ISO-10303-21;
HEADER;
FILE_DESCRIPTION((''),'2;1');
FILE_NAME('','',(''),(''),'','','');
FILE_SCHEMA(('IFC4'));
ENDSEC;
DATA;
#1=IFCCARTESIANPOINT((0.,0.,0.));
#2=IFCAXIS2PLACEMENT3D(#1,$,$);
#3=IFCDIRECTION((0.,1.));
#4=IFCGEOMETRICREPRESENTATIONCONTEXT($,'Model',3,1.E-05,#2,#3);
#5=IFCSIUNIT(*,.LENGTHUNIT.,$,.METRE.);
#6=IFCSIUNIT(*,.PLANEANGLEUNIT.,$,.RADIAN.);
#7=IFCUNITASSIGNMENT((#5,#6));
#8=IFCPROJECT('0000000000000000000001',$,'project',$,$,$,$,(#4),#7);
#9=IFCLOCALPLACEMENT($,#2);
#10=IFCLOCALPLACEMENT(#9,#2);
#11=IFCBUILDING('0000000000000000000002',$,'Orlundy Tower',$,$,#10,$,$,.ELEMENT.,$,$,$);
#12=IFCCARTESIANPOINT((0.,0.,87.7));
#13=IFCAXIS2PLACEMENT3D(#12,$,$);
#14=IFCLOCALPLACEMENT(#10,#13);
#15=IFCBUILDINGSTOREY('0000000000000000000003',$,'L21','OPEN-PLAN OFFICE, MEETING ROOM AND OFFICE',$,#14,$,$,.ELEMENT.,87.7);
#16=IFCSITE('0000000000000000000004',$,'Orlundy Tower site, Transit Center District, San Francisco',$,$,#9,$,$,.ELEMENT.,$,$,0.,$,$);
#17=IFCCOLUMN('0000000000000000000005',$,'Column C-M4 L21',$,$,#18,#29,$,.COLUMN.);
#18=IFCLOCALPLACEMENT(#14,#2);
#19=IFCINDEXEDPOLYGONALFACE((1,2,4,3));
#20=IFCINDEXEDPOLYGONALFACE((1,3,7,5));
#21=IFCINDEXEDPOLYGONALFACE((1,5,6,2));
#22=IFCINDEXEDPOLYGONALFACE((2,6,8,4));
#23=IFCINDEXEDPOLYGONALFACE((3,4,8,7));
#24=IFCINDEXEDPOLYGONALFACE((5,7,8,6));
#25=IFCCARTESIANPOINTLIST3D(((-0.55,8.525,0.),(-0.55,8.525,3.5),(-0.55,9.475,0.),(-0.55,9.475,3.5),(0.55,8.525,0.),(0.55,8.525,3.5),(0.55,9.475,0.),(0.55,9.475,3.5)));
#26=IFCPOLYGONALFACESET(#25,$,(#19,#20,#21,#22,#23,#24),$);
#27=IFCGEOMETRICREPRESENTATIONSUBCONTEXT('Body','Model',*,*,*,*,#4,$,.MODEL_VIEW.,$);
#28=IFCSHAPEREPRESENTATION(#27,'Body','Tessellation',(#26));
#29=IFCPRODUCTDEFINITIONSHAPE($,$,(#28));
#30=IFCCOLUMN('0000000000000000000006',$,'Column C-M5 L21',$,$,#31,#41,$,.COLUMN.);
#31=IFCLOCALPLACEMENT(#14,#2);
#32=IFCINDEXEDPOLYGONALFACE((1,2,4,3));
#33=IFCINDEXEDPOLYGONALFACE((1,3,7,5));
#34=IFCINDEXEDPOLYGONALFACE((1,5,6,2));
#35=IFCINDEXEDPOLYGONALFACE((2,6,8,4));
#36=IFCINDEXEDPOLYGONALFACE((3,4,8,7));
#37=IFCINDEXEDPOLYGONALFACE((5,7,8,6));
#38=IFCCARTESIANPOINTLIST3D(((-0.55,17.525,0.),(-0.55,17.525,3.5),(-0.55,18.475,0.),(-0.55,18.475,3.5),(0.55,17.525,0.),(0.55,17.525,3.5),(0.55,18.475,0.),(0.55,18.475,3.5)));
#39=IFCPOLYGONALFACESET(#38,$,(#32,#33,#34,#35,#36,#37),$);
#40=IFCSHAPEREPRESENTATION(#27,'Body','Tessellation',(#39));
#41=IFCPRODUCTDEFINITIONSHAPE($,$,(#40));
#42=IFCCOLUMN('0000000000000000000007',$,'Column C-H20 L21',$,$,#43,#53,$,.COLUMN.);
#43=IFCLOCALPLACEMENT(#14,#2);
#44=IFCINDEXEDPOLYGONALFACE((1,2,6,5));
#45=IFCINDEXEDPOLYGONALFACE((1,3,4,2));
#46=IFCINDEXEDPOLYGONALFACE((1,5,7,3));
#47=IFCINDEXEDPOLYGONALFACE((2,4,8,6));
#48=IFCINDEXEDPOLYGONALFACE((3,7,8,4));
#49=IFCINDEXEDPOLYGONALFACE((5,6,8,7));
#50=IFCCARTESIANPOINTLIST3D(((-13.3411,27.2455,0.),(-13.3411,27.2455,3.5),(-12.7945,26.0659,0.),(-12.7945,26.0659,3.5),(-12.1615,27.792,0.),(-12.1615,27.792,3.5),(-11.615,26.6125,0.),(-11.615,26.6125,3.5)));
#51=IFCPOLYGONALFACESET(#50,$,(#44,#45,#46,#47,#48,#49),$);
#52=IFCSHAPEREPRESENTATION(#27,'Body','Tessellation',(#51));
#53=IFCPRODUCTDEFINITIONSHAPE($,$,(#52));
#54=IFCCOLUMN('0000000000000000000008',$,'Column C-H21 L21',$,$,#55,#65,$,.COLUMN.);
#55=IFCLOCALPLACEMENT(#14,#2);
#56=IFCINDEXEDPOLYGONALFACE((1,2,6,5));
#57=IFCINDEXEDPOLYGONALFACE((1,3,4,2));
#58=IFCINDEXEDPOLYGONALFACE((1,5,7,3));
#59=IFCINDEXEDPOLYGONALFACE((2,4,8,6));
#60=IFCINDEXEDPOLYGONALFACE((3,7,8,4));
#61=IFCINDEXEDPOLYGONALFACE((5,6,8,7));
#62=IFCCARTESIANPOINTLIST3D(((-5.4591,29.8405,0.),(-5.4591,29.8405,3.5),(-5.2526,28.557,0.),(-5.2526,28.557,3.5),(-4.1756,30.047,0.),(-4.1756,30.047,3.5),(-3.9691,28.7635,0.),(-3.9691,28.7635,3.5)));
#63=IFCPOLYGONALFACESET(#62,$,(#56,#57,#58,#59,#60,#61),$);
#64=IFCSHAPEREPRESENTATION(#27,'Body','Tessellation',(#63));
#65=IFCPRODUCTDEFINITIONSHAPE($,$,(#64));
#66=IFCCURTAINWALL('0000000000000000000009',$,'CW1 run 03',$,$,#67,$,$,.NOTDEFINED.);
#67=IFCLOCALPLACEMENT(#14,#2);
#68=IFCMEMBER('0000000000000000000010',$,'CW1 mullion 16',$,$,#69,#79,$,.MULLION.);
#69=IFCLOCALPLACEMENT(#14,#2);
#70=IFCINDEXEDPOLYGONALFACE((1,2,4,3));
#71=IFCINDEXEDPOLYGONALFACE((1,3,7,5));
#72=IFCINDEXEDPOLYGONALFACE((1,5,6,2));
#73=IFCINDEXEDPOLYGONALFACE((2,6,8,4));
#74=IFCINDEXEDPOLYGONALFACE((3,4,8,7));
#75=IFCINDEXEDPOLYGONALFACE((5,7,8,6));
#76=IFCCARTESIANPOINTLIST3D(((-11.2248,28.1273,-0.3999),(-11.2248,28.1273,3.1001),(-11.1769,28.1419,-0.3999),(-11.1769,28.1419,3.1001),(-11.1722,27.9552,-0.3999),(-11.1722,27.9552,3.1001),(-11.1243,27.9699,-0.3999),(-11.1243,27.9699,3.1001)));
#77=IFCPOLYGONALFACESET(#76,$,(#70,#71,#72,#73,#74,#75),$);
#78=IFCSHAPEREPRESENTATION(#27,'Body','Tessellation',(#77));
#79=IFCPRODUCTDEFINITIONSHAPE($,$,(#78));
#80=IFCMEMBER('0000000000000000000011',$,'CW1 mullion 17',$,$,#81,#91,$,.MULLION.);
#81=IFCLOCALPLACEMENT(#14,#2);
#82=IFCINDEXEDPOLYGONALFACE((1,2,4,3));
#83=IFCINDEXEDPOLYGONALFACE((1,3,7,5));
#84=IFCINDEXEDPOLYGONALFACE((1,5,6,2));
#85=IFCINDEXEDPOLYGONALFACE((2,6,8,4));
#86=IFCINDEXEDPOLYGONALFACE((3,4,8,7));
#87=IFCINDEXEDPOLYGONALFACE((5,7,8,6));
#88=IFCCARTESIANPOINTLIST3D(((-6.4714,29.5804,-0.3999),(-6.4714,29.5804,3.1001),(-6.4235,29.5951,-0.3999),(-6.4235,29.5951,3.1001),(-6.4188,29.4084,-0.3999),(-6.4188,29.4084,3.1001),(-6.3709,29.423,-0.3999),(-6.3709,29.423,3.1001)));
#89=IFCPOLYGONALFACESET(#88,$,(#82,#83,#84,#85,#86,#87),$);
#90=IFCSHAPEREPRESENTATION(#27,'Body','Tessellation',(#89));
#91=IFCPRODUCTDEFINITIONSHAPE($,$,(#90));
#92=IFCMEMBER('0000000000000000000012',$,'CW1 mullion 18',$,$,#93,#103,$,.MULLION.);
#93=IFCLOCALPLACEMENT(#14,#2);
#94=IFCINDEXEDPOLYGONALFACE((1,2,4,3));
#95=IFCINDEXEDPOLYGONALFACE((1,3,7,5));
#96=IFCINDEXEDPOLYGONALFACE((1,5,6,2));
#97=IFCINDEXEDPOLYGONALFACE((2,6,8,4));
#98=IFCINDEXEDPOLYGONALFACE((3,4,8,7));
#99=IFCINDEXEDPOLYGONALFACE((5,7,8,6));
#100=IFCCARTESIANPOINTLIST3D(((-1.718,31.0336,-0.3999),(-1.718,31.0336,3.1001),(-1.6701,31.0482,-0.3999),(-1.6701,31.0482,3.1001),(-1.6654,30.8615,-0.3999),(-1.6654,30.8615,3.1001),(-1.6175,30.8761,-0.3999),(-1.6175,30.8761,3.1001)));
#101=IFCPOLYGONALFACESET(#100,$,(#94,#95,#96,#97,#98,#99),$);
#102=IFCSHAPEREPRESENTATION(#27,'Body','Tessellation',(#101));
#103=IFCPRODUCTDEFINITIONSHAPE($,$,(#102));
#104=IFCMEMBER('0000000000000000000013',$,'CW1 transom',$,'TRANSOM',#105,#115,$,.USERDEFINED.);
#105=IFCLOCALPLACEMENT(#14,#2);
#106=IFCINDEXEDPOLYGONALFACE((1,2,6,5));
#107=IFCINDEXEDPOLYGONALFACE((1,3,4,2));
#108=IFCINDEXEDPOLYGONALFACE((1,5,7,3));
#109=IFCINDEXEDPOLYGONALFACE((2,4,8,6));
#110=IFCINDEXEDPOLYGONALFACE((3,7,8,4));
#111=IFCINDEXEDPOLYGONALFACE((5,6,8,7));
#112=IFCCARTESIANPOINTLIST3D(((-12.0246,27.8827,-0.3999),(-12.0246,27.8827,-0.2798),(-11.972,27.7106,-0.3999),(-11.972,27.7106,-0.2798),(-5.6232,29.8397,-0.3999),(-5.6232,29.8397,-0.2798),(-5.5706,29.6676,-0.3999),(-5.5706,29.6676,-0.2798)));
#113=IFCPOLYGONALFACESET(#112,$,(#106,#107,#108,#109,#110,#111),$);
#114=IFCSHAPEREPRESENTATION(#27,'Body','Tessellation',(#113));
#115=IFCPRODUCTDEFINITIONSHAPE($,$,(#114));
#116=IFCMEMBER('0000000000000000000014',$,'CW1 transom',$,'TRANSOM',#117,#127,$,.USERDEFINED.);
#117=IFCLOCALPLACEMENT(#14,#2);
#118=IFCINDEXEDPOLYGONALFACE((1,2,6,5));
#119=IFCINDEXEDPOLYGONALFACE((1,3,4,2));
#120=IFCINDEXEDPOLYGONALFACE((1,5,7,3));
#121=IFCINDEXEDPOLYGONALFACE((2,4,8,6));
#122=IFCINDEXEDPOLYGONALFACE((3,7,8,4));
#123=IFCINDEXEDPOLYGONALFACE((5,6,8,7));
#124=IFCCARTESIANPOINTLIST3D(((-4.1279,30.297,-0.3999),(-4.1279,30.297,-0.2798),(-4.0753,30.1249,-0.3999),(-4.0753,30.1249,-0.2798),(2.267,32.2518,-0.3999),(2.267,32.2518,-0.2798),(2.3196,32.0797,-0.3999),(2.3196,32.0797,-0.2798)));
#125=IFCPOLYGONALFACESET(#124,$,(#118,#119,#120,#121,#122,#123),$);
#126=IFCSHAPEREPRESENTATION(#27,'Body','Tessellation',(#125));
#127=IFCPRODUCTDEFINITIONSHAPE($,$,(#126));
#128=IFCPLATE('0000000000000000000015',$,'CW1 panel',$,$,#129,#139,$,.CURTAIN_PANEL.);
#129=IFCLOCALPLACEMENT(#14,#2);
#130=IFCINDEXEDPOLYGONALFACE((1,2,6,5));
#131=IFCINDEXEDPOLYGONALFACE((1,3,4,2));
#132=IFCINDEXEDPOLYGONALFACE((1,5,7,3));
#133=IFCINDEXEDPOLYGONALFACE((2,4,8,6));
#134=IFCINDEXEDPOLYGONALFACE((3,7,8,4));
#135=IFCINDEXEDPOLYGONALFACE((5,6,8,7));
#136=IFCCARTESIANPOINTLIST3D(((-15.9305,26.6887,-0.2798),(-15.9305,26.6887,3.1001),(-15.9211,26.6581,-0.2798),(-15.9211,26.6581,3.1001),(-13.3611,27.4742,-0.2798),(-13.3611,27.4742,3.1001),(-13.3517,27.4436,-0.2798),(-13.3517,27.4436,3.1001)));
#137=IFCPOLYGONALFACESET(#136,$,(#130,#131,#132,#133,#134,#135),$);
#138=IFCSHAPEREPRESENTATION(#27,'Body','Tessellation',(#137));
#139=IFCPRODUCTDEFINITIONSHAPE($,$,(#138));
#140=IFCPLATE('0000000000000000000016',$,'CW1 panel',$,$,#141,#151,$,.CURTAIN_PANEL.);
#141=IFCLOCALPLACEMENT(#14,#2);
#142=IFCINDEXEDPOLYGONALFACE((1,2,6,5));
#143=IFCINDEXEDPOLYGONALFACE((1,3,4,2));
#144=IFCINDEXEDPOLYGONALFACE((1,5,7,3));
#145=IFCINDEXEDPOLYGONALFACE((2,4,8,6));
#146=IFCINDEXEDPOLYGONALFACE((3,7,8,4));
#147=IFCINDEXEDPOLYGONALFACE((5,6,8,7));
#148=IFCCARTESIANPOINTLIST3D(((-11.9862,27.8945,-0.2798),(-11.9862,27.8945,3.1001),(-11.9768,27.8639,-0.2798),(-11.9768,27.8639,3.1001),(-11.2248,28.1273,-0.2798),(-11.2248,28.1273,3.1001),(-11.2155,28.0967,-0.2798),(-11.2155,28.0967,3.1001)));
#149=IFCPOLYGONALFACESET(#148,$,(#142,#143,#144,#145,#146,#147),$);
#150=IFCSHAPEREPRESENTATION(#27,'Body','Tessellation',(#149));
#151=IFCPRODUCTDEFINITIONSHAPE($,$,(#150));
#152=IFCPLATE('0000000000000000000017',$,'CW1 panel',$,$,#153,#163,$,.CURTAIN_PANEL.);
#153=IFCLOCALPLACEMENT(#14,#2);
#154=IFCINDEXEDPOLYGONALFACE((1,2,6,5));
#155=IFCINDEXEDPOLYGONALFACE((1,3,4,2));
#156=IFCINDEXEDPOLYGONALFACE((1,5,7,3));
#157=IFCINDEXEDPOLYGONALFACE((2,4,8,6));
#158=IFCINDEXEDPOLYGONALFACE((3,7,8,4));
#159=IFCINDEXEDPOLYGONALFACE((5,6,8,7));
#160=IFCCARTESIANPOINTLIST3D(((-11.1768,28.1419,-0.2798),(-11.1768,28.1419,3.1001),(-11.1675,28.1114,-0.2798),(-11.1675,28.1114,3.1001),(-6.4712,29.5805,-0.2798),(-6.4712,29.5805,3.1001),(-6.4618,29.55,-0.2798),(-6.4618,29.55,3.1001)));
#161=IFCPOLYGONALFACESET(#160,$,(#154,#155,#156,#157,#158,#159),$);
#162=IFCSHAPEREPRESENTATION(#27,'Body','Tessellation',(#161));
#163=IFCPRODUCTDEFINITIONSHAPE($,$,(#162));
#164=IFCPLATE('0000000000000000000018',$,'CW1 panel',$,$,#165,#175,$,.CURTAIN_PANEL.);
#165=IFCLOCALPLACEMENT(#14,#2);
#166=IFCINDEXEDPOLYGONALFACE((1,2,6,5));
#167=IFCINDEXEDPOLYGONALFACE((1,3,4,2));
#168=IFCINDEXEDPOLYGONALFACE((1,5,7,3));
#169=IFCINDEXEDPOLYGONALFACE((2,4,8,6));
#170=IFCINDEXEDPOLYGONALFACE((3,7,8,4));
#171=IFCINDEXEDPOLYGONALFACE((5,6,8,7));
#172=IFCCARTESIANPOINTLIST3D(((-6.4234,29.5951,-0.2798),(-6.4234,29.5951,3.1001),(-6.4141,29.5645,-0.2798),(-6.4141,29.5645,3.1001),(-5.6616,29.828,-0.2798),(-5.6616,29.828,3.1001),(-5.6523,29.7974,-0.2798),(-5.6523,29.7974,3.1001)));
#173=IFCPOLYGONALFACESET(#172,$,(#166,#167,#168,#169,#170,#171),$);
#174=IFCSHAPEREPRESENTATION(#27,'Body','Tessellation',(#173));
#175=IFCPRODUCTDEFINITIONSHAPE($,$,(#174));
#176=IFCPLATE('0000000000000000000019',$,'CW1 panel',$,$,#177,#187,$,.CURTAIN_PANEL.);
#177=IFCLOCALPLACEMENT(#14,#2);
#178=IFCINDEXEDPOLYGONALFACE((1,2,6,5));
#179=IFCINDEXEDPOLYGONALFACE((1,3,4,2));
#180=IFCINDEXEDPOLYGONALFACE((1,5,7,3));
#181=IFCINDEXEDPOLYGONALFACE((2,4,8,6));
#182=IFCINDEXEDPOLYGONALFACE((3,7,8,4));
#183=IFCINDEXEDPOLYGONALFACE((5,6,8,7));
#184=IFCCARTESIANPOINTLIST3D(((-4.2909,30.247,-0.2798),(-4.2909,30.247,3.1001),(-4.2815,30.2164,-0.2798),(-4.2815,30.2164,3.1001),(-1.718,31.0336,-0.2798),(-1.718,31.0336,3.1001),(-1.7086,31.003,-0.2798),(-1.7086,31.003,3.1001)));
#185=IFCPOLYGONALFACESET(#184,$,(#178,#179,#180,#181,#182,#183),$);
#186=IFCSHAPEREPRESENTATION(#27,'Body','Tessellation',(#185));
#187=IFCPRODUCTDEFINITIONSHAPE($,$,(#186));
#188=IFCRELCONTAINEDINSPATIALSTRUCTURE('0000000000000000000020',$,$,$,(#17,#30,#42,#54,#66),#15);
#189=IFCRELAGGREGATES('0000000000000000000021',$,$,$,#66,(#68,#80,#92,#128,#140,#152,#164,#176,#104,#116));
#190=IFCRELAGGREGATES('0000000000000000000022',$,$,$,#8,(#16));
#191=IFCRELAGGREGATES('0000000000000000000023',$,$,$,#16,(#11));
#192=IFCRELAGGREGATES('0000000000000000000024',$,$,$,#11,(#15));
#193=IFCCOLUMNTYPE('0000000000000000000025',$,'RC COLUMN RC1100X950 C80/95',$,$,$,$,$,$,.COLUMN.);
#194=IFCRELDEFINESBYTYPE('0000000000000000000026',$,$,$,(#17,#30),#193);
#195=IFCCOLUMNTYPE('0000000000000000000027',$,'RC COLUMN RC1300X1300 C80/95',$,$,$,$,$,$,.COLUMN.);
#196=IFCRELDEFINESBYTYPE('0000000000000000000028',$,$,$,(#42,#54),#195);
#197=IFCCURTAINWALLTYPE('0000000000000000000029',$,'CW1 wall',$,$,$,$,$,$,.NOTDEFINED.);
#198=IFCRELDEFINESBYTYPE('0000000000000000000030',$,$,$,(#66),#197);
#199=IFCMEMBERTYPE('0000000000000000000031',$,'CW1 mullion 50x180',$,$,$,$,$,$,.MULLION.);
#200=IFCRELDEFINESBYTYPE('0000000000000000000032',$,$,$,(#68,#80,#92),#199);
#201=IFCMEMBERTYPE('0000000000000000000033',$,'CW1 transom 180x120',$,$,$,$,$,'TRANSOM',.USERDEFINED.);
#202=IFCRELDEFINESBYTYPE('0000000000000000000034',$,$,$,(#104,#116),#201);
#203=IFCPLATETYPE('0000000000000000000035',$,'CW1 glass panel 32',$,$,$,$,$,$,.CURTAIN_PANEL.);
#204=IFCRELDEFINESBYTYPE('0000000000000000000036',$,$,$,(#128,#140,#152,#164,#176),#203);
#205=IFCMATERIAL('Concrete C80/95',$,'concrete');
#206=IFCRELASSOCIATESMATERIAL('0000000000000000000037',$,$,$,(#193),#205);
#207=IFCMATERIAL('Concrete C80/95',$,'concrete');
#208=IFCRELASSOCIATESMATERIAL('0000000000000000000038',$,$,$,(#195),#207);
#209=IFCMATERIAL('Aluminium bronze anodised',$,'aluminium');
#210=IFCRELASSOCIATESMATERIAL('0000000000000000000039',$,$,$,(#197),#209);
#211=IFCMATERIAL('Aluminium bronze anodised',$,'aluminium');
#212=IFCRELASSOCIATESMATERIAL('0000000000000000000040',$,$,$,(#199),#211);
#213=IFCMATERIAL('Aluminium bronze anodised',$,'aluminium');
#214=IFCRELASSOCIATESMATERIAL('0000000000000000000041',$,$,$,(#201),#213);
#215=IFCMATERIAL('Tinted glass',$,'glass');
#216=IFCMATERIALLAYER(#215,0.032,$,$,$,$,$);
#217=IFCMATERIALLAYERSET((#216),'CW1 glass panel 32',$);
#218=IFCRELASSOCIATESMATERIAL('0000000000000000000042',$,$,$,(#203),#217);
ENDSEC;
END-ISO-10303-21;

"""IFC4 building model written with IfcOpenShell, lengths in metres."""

from ifc_helpers import new_model, si_unit, direction, frame, origin, origin_2d, place, context, subcontext, project, spatial, rectangle, extrude, material, layer, layer_set, material_profile, profile_set, type_object, element, aggregate, save


model = new_model("IFC4")

# Units and contexts
model_context = context("Model", 3, precision=1e-05, world=origin(), true_north=direction((0.0, 1.0)))
body_context = subcontext(model_context, "Body", "Model", "MODEL_VIEW")
ifc_project = project(units=[si_unit("LENGTHUNIT", "METRE"), si_unit("PLANEANGLEUNIT", "RADIAN")], contexts=[model_context])

# Site, building, storey
site_placement = place(None, origin())
site = spatial("IfcSite", under=ifc_project, at=site_placement, Name="Orlundy Tower site, Transit Center District, San Francisco", CompositionType="ELEMENT", RefElevation=0.0)
building_placement = place(site_placement, origin())
building = spatial("IfcBuilding", under=site, at=building_placement, Name="Orlundy Tower", CompositionType="ELEMENT")
storey_placement = place(building_placement, frame((0.0, 0.0, 87.7)))
storey = spatial("IfcBuildingStorey", under=building, at=storey_placement, Name="L21", Description="OPEN-PLAN OFFICE, MEETING ROOM AND OFFICE", CompositionType="ELEMENT", Elevation=87.7)

# Columns
ifc_material_1 = material(Name="Concrete C80/95", Category="concrete")
ifc_material_profile_1 = material_profile(ifc_material_1, rectangle(XDim=1.1001, YDim=0.95, at=origin_2d()), Name="RC1100X950")
ifc_profile_set_1 = profile_set([ifc_material_profile_1], Name="Concrete C80/95")
column_type_1 = type_object("IfcColumnType", Name="RC COLUMN RC1100X950 C80/95", PredefinedType="COLUMN", material=ifc_profile_set_1)
for number, where, z_axis, x_axis, name in (
    (1, (0.0, 9.0, 0.0), (0.0, 0.0, 1.0), (1.0, 0.0, 0.0), "Column C-M4 L21"),
    (2, (0.0, 18.0, 0.0), (0.0, 0.0, 1.0), (1.0, 0.0, 0.0), "Column C-M5 L21"),
):
    element("IfcColumn", number, at=place(storey_placement, frame(where, z_axis=z_axis, x_axis=x_axis)), inside=storey, type_object=column_type_1, Name=name, PredefinedType="COLUMN", context=body_context, shape_type="SweptSolid", body=[
        extrude(rectangle(XDim=1.1001, YDim=0.95, at=origin_2d()), origin(), (0.0, 0.0, 1.0), 3.5),
    ])
ifc_material_2 = material(Name="Concrete C80/95", Category="concrete")
ifc_material_profile_2 = material_profile(ifc_material_2, rectangle(XDim=1.3, YDim=1.3, at=origin_2d()), Name="RC1300X1300")
ifc_profile_set_2 = profile_set([ifc_material_profile_2], Name="Concrete C80/95")
column_type_2 = type_object("IfcColumnType", Name="RC COLUMN RC1300X1300 C80/95", PredefinedType="COLUMN", material=ifc_profile_set_2)
for number, where, z_axis, x_axis, name in (
    (3, (-12.478, 26.929, 0.0), (0.0, 0.0, 1.0), (-0.420418, 0.90733, 0.0), "Column C-H20 L21"),
    (4, (-4.7141, 29.302, 0.0), (0.0, 0.0, 1.0), (-0.15883, 0.987306, 0.0), "Column C-H21 L21"),
):
    element("IfcColumn", number, at=place(storey_placement, frame(where, z_axis=z_axis, x_axis=x_axis)), inside=storey, type_object=column_type_2, Name=name, PredefinedType="COLUMN", context=body_context, shape_type="SweptSolid", body=[
        extrude(rectangle(XDim=1.3, YDim=1.3, at=origin_2d()), origin(), (0.0, 0.0, 1.0), 3.5),
    ])

# Curtain wall, members, plates
ifc_material_3 = material(Name="Aluminium bronze anodised", Category="aluminium")
curtain_wall_type = type_object("IfcCurtainWallType", Name="CW1 wall", PredefinedType="NOTDEFINED", material=ifc_material_3)
curtain_wall_placement = place(storey_placement, origin())
curtain_wall = element("IfcCurtainWall", 5, at=curtain_wall_placement, inside=storey, type_object=curtain_wall_type, Name="CW1 run 03", PredefinedType="NOTDEFINED")
ifc_material_4 = material(Name="Aluminium bronze anodised", Category="aluminium")
ifc_material_profile_3 = material_profile(ifc_material_4, rectangle(XDim=0.1799, YDim=0.05, at=origin_2d()), Name="CW1 mullion 50x180")
ifc_profile_set_3 = profile_set([ifc_material_profile_3], Name="Aluminium bronze anodised")
member_type_1 = type_object("IfcMemberType", Name="CW1 mullion 50x180", PredefinedType="MULLION", material=ifc_profile_set_3)
member_1_placement = place(storey_placement, frame((-11.1746, 28.0486, -0.3999), z_axis=(0.0, 0.0, 1.0), x_axis=(-0.292361, 0.956308, 0.0)))
member_1 = element("IfcMember", 6, at=member_1_placement, type_object=member_type_1, Name="CW1 mullion 16", PredefinedType="MULLION", context=body_context, shape_type="SweptSolid", body=[
    extrude(rectangle(XDim=0.1799, YDim=0.05, at=origin_2d()), origin(), (0.0, 0.0, 1.0), 3.5),
])
member_2_placement = place(storey_placement, frame((-6.4211, 29.5017, -0.3999), z_axis=(0.0, 0.0, 1.0), x_axis=(-0.292361, 0.956308, 0.0)))
member_2 = element("IfcMember", 7, at=member_2_placement, type_object=member_type_1, Name="CW1 mullion 17", PredefinedType="MULLION", context=body_context, shape_type="SweptSolid", body=[
    extrude(rectangle(XDim=0.1799, YDim=0.05, at=origin_2d()), origin(), (0.0, 0.0, 1.0), 3.5),
])
member_3_placement = place(storey_placement, frame((-1.6677, 30.9548, -0.3999), z_axis=(0.0, 0.0, 1.0), x_axis=(-0.292361, 0.956308, 0.0)))
member_3 = element("IfcMember", 8, at=member_3_placement, type_object=member_type_1, Name="CW1 mullion 18", PredefinedType="MULLION", context=body_context, shape_type="SweptSolid", body=[
    extrude(rectangle(XDim=0.1799, YDim=0.05, at=origin_2d()), origin(), (0.0, 0.0, 1.0), 3.5),
])
ifc_material_5 = material(Name="Aluminium bronze anodised", Category="aluminium")
ifc_material_profile_4 = material_profile(ifc_material_5, rectangle(XDim=0.1799, YDim=0.1201, at=origin_2d()), Name="CW1 transom 180x120")
ifc_profile_set_4 = profile_set([ifc_material_profile_4], Name="Aluminium bronze anodised")
member_type_2 = type_object("IfcMemberType", Name="CW1 transom 180x120", ElementType="TRANSOM", PredefinedType="USERDEFINED", material=ifc_profile_set_4)
member_4_placement = place(storey_placement, frame((-11.9983, 27.7966, -0.3398), z_axis=(0.956307, 0.292363, 0.0), x_axis=(-0.292363, 0.956307, 0.0)))
member_4 = element("IfcMember", 9, at=member_4_placement, type_object=member_type_2, Name="CW1 transom", ObjectType="TRANSOM", PredefinedType="USERDEFINED", context=body_context, shape_type="SweptSolid", body=[
    extrude(rectangle(XDim=0.1799, YDim=0.1201, at=origin_2d()), origin(), (0.0, 0.0, 1.0), 6.6938),
])
member_5_placement = place(storey_placement, frame((-4.1016, 30.2109, -0.3398), z_axis=(0.956318, 0.292328, 0.0), x_axis=(-0.292328, 0.956318, 0.0)))
member_5 = element("IfcMember", 10, at=member_5_placement, type_object=member_type_2, Name="CW1 transom", ObjectType="TRANSOM", PredefinedType="USERDEFINED", context=body_context, shape_type="SweptSolid", body=[
    extrude(rectangle(XDim=0.1799, YDim=0.1201, at=origin_2d()), origin(), (0.0, 0.0, 1.0), 6.687),
])
ifc_material_6 = material(Name="Tinted glass", Category="glass")
ifc_layer_1 = layer(ifc_material_6, 0.032)
ifc_layer_set_1 = layer_set([ifc_layer_1], Name="CW1 glass panel 32")
plate_type = type_object("IfcPlateType", Name="CW1 glass panel 32", PredefinedType="CURTAIN_PANEL", material=ifc_layer_set_1)
plate_1_placement = place(storey_placement, frame((-14.6411, 27.0662, -0.2798), z_axis=(0.0, 0.0, 1.0), x_axis=(0.956308, 0.292361, 0.0)))
plate_1 = element("IfcPlate", 11, at=plate_1_placement, type_object=plate_type, Name="CW1 panel", PredefinedType="CURTAIN_PANEL", context=body_context, shape_type="SweptSolid", body=[
    extrude(rectangle(XDim=2.6868, YDim=0.032, at=origin_2d()), origin(), (0.0, 0.0, 1.0), 3.3799),
])
plate_2_placement = place(storey_placement, frame((-11.6008, 27.9956, -0.2798), z_axis=(0.0, 0.0, 1.0), x_axis=(0.956308, 0.292361, 0.0)))
plate_2 = element("IfcPlate", 12, at=plate_2_placement, type_object=plate_type, Name="CW1 panel", PredefinedType="CURTAIN_PANEL", context=body_context, shape_type="SweptSolid", body=[
    extrude(rectangle(XDim=0.7961, YDim=0.032, at=origin_2d()), origin(), (0.0, 0.0, 1.0), 3.3799),
])
plate_3_placement = place(storey_placement, frame((-8.8193, 28.8459, -0.2798), z_axis=(0.0, 0.0, 1.0), x_axis=(0.956308, 0.292361, 0.0)))
plate_3 = element("IfcPlate", 13, at=plate_3_placement, type_object=plate_type, Name="CW1 panel", PredefinedType="CURTAIN_PANEL", context=body_context, shape_type="SweptSolid", body=[
    extrude(rectangle(XDim=4.9207, YDim=0.032, at=origin_2d()), origin(), (0.0, 0.0, 1.0), 3.3799),
])
plate_4_placement = place(storey_placement, frame((-6.0378, 29.6963, -0.2798), z_axis=(0.0, 0.0, 1.0), x_axis=(0.956308, 0.292361, 0.0)))
plate_4 = element("IfcPlate", 14, at=plate_4_placement, type_object=plate_type, Name="CW1 panel", PredefinedType="CURTAIN_PANEL", context=body_context, shape_type="SweptSolid", body=[
    extrude(rectangle(XDim=0.7966, YDim=0.032, at=origin_2d()), origin(), (0.0, 0.0, 1.0), 3.3799),
])
plate_5_placement = place(storey_placement, frame((-2.9998, 30.625, -0.2798), z_axis=(0.0, 0.0, 1.0), x_axis=(0.956308, 0.292361, 0.0)))
plate_5 = element("IfcPlate", 15, at=plate_5_placement, type_object=plate_type, Name="CW1 panel", PredefinedType="CURTAIN_PANEL", context=body_context, shape_type="SweptSolid", body=[
    extrude(rectangle(XDim=2.6904, YDim=0.032, at=origin_2d()), origin(), (0.0, 0.0, 1.0), 3.3799),
])
aggregate(curtain_wall, [member_1, member_2, member_3, plate_1, plate_2, plate_3, plate_4, plate_5, member_4, member_5])

save(model, "model.ifc")
